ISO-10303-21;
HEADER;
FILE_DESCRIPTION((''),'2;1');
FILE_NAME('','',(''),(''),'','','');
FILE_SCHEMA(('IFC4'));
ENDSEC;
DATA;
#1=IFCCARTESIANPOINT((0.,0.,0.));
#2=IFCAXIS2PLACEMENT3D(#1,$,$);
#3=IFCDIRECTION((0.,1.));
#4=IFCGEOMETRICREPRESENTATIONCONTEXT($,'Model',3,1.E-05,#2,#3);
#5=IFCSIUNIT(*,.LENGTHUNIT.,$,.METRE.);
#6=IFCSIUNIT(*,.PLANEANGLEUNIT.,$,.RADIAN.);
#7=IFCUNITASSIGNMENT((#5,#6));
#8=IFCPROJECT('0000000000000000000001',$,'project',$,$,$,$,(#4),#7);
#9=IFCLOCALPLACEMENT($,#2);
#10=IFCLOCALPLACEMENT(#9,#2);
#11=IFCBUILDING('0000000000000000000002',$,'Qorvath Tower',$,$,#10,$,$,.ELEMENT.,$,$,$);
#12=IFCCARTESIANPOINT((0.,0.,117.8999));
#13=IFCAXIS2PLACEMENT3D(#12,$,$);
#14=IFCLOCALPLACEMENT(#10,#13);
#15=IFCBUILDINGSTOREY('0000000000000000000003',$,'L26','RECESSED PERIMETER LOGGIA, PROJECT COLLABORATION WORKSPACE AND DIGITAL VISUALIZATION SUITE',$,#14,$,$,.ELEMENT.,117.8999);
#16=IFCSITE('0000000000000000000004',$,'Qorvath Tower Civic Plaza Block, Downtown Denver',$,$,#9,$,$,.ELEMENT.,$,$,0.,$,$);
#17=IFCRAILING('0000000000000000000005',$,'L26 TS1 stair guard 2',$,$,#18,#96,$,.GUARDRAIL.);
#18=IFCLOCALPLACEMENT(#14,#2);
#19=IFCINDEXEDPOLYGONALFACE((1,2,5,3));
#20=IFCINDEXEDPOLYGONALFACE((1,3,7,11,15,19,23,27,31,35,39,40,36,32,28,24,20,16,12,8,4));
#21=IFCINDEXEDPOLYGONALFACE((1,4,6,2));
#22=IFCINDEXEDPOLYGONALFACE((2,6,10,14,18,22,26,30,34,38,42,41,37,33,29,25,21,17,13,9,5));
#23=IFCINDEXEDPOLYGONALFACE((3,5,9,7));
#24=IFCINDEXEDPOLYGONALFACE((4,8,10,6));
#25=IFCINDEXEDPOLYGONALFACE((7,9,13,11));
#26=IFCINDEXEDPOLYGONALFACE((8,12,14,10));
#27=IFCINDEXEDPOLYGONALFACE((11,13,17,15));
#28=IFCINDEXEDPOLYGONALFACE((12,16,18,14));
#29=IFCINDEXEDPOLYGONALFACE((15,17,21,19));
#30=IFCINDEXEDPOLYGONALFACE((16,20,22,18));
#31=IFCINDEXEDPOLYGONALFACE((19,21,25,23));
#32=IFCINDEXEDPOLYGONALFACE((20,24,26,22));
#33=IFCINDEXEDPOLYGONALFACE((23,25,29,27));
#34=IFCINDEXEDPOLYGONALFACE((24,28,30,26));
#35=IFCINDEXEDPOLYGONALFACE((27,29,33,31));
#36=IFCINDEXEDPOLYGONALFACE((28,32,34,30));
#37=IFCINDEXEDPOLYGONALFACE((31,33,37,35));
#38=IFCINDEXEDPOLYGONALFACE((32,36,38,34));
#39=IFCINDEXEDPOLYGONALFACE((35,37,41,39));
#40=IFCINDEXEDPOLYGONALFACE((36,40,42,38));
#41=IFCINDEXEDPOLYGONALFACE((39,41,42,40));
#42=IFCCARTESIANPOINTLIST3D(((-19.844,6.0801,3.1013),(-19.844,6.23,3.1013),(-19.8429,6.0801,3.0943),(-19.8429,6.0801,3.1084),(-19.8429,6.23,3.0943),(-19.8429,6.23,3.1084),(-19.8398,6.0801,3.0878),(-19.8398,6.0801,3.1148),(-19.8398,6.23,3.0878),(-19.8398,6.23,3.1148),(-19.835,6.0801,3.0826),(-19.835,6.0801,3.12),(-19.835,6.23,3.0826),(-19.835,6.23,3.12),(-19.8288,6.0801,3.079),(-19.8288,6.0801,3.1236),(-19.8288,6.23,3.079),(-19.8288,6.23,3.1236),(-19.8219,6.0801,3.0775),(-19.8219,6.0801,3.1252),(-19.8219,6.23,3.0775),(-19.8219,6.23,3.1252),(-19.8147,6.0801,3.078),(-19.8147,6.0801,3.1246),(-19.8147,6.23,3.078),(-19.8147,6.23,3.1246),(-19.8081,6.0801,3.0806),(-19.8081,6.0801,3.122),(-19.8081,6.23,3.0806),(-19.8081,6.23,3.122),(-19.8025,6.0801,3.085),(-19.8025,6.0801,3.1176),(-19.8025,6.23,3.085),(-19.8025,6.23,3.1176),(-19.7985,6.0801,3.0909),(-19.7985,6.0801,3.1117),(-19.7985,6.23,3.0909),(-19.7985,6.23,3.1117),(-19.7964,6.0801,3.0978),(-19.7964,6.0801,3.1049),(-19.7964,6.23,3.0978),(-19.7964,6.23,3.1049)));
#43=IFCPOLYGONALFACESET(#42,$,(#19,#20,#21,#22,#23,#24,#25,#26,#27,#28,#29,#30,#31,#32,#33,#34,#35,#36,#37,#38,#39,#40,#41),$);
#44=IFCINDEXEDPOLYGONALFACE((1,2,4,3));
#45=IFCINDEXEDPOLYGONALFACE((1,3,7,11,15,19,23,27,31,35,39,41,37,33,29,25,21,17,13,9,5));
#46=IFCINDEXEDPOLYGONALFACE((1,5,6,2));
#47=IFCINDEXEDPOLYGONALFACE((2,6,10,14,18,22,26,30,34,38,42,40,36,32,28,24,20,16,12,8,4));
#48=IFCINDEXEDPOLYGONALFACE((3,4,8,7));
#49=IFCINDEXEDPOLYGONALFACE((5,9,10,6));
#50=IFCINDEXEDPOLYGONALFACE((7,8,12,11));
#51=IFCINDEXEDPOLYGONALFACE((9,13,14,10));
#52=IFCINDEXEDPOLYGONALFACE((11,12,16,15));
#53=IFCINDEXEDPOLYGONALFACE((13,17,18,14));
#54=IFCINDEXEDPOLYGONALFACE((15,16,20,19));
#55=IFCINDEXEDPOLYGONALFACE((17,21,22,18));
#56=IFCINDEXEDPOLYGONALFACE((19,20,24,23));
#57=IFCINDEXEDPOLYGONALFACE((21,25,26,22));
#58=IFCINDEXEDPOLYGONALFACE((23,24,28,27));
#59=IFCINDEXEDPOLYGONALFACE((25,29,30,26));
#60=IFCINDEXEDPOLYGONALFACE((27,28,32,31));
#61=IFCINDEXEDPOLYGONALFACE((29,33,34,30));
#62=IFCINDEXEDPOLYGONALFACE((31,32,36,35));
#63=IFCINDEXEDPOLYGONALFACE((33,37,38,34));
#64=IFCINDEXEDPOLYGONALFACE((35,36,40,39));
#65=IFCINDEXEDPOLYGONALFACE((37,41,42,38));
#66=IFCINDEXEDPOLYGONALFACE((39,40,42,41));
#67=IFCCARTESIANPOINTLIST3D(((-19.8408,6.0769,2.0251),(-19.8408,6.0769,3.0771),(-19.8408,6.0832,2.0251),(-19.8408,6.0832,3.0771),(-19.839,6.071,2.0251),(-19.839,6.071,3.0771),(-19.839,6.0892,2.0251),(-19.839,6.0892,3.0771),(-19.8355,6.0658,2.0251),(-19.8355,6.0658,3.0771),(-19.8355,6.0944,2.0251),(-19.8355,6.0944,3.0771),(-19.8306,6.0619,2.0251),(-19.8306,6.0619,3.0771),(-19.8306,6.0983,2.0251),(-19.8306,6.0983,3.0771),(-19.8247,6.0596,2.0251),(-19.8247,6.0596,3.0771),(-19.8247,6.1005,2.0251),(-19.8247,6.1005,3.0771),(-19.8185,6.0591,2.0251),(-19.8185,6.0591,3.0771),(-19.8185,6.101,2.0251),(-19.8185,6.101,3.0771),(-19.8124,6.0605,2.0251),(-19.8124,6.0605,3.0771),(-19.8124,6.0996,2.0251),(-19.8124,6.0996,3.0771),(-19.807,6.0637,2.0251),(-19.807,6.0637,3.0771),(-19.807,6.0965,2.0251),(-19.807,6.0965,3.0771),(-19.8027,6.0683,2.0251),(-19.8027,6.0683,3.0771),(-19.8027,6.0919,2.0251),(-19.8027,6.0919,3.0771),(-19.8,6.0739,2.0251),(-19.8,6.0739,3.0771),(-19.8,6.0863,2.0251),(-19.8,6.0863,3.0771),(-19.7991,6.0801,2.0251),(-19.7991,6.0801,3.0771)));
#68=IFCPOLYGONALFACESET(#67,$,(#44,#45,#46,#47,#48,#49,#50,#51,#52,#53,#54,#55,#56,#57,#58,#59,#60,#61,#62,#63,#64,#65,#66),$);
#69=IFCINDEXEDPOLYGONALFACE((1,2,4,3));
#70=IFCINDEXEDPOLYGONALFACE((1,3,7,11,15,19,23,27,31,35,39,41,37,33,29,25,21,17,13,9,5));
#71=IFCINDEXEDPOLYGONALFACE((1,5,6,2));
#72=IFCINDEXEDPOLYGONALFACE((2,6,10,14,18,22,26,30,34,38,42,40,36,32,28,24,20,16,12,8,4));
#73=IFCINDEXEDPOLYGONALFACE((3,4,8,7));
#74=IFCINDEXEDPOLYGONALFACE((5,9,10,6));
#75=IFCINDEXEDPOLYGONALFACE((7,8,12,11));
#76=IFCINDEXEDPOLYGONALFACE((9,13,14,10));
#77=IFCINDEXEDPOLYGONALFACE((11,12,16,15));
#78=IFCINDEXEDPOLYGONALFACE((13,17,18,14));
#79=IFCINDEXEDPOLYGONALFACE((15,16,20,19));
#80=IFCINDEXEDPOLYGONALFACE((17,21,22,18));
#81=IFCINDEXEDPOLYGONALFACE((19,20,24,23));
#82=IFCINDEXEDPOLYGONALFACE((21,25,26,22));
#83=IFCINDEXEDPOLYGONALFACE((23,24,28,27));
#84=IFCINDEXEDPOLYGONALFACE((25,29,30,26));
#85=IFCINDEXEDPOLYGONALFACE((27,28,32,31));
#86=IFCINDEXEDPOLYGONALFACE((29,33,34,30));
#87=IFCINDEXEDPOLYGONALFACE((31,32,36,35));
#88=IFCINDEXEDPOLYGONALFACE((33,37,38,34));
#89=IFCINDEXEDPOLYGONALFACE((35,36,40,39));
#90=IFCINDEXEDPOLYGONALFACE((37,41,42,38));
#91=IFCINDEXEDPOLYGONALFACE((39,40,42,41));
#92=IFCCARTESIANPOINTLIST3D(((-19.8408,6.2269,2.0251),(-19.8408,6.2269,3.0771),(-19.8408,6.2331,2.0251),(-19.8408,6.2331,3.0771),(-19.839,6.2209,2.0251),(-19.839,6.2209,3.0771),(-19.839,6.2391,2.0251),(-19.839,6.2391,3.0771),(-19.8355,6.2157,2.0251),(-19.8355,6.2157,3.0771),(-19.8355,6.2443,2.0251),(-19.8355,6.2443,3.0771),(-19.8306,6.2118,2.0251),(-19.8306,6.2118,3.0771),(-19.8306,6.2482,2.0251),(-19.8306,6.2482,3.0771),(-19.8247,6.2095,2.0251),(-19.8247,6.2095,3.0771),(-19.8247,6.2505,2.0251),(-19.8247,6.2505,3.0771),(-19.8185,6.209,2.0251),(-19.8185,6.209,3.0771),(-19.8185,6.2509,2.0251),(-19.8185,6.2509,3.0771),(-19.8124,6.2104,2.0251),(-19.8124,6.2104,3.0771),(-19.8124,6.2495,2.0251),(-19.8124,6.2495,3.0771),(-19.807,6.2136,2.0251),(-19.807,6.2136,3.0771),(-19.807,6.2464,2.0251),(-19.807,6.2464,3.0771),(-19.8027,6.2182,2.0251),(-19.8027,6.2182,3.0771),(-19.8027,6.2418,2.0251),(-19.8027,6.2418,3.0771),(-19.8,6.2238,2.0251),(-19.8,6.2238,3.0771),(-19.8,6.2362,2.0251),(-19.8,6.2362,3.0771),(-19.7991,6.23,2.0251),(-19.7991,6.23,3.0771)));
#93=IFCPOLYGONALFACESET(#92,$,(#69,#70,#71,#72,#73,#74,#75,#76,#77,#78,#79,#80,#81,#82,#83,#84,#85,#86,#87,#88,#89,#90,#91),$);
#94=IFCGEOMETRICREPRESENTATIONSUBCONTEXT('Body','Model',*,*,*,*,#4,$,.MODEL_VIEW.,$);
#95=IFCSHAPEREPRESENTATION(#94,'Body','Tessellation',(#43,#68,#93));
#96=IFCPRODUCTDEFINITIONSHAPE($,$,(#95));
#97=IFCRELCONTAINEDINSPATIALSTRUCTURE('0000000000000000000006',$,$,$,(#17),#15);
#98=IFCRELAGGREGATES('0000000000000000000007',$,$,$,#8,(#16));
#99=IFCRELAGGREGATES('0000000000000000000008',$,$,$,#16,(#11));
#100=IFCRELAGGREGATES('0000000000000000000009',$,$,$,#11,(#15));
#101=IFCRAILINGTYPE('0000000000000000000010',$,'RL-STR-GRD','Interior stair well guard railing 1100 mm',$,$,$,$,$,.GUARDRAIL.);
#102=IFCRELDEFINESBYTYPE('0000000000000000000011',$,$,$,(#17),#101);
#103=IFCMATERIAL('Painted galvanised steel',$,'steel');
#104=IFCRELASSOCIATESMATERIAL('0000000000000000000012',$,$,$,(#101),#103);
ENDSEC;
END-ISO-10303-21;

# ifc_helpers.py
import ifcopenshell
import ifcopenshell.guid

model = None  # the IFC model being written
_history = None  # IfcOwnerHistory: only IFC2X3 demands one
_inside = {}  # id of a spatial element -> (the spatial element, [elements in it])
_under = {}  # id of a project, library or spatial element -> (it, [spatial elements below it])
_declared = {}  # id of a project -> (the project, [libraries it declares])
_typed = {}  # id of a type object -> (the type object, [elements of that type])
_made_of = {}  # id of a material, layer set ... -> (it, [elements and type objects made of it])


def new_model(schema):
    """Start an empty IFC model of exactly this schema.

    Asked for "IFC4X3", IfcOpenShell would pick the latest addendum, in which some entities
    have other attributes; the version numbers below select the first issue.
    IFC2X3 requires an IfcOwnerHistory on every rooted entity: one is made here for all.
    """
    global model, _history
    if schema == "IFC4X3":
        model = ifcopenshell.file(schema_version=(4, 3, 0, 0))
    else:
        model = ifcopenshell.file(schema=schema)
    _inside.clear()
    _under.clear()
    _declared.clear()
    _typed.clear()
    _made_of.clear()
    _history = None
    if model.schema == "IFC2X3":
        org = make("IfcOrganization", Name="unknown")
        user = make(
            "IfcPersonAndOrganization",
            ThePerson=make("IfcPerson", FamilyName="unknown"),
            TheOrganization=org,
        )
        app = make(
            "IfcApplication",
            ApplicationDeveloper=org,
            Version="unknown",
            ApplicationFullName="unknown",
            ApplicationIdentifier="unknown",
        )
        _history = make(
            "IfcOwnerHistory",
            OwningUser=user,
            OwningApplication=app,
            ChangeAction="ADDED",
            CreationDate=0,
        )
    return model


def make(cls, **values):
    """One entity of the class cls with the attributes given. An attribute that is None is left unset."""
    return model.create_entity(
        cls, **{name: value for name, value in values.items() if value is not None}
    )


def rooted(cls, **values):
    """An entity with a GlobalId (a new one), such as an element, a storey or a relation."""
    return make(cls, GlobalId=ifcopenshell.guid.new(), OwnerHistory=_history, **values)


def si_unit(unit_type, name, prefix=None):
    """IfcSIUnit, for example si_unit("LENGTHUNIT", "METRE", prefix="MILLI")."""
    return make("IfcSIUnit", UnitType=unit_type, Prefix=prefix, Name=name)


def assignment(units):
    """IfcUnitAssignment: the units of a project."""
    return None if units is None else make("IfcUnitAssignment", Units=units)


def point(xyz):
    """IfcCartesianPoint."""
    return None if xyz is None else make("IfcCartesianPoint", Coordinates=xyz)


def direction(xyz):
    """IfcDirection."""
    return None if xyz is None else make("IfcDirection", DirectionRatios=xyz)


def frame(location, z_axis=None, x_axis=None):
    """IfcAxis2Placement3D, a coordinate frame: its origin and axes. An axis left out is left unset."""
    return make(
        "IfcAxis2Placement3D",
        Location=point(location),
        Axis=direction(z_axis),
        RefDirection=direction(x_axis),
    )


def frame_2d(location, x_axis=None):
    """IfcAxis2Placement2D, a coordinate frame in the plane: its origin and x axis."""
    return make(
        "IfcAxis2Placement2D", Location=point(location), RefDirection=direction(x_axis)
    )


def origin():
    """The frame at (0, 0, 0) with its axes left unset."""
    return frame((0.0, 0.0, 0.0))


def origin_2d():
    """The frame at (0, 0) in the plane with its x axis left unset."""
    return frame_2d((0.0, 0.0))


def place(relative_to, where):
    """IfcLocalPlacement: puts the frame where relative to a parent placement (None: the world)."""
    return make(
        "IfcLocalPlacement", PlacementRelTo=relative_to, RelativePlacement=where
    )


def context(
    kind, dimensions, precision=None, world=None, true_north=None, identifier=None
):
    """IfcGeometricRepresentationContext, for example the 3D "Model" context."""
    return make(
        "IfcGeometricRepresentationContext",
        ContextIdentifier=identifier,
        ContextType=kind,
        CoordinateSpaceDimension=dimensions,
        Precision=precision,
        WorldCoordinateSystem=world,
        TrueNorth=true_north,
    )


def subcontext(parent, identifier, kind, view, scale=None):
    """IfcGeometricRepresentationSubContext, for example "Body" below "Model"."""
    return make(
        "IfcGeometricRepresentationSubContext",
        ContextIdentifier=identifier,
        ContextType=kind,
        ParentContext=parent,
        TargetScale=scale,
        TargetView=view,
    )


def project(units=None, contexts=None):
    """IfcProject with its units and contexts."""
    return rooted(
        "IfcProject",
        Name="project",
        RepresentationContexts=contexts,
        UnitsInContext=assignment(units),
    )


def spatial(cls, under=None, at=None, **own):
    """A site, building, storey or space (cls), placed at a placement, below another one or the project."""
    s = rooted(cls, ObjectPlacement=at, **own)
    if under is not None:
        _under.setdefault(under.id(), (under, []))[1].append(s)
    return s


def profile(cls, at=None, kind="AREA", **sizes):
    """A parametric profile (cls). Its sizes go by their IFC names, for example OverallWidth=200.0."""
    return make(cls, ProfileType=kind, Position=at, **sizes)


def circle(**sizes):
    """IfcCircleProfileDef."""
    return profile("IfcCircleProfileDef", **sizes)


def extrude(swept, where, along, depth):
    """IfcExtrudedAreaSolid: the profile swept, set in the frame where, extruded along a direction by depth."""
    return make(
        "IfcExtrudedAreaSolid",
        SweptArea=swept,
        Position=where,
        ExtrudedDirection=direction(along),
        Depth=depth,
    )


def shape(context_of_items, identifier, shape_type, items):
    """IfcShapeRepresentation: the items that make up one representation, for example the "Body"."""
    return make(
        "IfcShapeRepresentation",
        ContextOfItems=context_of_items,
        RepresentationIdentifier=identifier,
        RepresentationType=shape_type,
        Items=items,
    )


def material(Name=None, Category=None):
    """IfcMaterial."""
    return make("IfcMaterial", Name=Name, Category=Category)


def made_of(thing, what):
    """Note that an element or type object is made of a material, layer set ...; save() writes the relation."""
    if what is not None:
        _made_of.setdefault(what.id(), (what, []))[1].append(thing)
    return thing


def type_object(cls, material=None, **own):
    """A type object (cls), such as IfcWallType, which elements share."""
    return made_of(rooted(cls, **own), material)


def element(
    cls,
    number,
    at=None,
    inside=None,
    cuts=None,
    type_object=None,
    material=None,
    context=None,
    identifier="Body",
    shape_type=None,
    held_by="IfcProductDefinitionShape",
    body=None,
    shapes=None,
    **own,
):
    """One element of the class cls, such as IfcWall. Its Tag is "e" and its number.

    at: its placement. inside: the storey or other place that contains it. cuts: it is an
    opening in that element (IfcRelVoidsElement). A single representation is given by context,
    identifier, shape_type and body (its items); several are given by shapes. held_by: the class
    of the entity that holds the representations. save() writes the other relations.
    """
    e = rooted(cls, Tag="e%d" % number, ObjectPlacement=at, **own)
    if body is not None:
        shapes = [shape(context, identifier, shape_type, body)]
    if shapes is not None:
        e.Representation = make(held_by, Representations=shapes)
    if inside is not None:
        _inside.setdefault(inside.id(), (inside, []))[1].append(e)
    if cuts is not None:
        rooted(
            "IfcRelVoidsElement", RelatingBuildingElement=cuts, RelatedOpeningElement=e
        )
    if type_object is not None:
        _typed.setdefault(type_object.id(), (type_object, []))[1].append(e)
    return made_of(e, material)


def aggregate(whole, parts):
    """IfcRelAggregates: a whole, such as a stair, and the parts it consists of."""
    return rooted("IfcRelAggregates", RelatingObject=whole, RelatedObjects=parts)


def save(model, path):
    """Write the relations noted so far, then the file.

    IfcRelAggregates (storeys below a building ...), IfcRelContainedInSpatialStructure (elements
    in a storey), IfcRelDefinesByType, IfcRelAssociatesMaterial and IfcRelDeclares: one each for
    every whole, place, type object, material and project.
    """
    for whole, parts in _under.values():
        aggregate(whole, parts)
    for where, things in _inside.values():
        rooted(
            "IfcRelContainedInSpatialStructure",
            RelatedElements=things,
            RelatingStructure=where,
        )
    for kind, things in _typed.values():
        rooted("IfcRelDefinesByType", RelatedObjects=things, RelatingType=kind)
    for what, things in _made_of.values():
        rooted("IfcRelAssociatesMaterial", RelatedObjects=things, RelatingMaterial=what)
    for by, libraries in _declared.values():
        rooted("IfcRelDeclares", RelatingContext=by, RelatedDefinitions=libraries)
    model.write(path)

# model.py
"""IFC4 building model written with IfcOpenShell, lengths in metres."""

from ifc_helpers import new_model, si_unit, direction, frame, origin, origin_2d, place, context, subcontext, project, spatial, circle, extrude, material, type_object, element, save


model = new_model("IFC4")

# Units and contexts
model_context = context("Model", 3, precision=1e-05, world=origin(), true_north=direction((0.0, 1.0)))
body_context = subcontext(model_context, "Body", "Model", "MODEL_VIEW")
ifc_project = project(units=[si_unit("LENGTHUNIT", "METRE"), si_unit("PLANEANGLEUNIT", "RADIAN")], contexts=[model_context])

# Site, building, storey
site_placement = place(None, origin())
site = spatial("IfcSite", under=ifc_project, at=site_placement, Name="Qorvath Tower Civic Plaza Block, Downtown Denver", CompositionType="ELEMENT", RefElevation=0.0)
building_placement = place(site_placement, origin())
building = spatial("IfcBuilding", under=site, at=building_placement, Name="Qorvath Tower", CompositionType="ELEMENT")
storey_placement = place(building_placement, frame((0.0, 0.0, 117.8999)))
storey = spatial("IfcBuildingStorey", under=building, at=storey_placement, Name="L26", Description="RECESSED PERIMETER LOGGIA, PROJECT COLLABORATION WORKSPACE AND DIGITAL VISUALIZATION SUITE", CompositionType="ELEMENT", Elevation=117.8999)

# Railing
ifc_material_1 = material(Name="Painted galvanised steel", Category="steel")
railing_type = type_object("IfcRailingType", Name="RL-STR-GRD", Description="Interior stair well guard railing 1100 mm", PredefinedType="GUARDRAIL", material=ifc_material_1)
railing_1_placement = place(storey_placement, frame((-19.8201, 6.0801, 2.0251)))
element("IfcRailing", 1, at=railing_1_placement, inside=storey, type_object=railing_type, Name="L26 TS1 stair guard 2", PredefinedType="GUARDRAIL", context=body_context, shape_type="SweptSolid", body=[
    extrude(circle(Radius=0.0239, at=origin_2d()), frame((0.0, 0.0, 1.0762), z_axis=(0.0, 1.0, 0.0), x_axis=(-1.0, 0.0, 0.0)), (0.0, 0.0, 1.0), 0.1499),
    extrude(circle(Radius=0.021, at=origin_2d()), origin(), (0.0, 0.0, 1.0), 1.052),
    extrude(circle(Radius=0.021, at=origin_2d()), frame((0.0, 0.1499, 0.0)), (0.0, 0.0, 1.0), 1.052),
])

save(model, "model.ifc")
